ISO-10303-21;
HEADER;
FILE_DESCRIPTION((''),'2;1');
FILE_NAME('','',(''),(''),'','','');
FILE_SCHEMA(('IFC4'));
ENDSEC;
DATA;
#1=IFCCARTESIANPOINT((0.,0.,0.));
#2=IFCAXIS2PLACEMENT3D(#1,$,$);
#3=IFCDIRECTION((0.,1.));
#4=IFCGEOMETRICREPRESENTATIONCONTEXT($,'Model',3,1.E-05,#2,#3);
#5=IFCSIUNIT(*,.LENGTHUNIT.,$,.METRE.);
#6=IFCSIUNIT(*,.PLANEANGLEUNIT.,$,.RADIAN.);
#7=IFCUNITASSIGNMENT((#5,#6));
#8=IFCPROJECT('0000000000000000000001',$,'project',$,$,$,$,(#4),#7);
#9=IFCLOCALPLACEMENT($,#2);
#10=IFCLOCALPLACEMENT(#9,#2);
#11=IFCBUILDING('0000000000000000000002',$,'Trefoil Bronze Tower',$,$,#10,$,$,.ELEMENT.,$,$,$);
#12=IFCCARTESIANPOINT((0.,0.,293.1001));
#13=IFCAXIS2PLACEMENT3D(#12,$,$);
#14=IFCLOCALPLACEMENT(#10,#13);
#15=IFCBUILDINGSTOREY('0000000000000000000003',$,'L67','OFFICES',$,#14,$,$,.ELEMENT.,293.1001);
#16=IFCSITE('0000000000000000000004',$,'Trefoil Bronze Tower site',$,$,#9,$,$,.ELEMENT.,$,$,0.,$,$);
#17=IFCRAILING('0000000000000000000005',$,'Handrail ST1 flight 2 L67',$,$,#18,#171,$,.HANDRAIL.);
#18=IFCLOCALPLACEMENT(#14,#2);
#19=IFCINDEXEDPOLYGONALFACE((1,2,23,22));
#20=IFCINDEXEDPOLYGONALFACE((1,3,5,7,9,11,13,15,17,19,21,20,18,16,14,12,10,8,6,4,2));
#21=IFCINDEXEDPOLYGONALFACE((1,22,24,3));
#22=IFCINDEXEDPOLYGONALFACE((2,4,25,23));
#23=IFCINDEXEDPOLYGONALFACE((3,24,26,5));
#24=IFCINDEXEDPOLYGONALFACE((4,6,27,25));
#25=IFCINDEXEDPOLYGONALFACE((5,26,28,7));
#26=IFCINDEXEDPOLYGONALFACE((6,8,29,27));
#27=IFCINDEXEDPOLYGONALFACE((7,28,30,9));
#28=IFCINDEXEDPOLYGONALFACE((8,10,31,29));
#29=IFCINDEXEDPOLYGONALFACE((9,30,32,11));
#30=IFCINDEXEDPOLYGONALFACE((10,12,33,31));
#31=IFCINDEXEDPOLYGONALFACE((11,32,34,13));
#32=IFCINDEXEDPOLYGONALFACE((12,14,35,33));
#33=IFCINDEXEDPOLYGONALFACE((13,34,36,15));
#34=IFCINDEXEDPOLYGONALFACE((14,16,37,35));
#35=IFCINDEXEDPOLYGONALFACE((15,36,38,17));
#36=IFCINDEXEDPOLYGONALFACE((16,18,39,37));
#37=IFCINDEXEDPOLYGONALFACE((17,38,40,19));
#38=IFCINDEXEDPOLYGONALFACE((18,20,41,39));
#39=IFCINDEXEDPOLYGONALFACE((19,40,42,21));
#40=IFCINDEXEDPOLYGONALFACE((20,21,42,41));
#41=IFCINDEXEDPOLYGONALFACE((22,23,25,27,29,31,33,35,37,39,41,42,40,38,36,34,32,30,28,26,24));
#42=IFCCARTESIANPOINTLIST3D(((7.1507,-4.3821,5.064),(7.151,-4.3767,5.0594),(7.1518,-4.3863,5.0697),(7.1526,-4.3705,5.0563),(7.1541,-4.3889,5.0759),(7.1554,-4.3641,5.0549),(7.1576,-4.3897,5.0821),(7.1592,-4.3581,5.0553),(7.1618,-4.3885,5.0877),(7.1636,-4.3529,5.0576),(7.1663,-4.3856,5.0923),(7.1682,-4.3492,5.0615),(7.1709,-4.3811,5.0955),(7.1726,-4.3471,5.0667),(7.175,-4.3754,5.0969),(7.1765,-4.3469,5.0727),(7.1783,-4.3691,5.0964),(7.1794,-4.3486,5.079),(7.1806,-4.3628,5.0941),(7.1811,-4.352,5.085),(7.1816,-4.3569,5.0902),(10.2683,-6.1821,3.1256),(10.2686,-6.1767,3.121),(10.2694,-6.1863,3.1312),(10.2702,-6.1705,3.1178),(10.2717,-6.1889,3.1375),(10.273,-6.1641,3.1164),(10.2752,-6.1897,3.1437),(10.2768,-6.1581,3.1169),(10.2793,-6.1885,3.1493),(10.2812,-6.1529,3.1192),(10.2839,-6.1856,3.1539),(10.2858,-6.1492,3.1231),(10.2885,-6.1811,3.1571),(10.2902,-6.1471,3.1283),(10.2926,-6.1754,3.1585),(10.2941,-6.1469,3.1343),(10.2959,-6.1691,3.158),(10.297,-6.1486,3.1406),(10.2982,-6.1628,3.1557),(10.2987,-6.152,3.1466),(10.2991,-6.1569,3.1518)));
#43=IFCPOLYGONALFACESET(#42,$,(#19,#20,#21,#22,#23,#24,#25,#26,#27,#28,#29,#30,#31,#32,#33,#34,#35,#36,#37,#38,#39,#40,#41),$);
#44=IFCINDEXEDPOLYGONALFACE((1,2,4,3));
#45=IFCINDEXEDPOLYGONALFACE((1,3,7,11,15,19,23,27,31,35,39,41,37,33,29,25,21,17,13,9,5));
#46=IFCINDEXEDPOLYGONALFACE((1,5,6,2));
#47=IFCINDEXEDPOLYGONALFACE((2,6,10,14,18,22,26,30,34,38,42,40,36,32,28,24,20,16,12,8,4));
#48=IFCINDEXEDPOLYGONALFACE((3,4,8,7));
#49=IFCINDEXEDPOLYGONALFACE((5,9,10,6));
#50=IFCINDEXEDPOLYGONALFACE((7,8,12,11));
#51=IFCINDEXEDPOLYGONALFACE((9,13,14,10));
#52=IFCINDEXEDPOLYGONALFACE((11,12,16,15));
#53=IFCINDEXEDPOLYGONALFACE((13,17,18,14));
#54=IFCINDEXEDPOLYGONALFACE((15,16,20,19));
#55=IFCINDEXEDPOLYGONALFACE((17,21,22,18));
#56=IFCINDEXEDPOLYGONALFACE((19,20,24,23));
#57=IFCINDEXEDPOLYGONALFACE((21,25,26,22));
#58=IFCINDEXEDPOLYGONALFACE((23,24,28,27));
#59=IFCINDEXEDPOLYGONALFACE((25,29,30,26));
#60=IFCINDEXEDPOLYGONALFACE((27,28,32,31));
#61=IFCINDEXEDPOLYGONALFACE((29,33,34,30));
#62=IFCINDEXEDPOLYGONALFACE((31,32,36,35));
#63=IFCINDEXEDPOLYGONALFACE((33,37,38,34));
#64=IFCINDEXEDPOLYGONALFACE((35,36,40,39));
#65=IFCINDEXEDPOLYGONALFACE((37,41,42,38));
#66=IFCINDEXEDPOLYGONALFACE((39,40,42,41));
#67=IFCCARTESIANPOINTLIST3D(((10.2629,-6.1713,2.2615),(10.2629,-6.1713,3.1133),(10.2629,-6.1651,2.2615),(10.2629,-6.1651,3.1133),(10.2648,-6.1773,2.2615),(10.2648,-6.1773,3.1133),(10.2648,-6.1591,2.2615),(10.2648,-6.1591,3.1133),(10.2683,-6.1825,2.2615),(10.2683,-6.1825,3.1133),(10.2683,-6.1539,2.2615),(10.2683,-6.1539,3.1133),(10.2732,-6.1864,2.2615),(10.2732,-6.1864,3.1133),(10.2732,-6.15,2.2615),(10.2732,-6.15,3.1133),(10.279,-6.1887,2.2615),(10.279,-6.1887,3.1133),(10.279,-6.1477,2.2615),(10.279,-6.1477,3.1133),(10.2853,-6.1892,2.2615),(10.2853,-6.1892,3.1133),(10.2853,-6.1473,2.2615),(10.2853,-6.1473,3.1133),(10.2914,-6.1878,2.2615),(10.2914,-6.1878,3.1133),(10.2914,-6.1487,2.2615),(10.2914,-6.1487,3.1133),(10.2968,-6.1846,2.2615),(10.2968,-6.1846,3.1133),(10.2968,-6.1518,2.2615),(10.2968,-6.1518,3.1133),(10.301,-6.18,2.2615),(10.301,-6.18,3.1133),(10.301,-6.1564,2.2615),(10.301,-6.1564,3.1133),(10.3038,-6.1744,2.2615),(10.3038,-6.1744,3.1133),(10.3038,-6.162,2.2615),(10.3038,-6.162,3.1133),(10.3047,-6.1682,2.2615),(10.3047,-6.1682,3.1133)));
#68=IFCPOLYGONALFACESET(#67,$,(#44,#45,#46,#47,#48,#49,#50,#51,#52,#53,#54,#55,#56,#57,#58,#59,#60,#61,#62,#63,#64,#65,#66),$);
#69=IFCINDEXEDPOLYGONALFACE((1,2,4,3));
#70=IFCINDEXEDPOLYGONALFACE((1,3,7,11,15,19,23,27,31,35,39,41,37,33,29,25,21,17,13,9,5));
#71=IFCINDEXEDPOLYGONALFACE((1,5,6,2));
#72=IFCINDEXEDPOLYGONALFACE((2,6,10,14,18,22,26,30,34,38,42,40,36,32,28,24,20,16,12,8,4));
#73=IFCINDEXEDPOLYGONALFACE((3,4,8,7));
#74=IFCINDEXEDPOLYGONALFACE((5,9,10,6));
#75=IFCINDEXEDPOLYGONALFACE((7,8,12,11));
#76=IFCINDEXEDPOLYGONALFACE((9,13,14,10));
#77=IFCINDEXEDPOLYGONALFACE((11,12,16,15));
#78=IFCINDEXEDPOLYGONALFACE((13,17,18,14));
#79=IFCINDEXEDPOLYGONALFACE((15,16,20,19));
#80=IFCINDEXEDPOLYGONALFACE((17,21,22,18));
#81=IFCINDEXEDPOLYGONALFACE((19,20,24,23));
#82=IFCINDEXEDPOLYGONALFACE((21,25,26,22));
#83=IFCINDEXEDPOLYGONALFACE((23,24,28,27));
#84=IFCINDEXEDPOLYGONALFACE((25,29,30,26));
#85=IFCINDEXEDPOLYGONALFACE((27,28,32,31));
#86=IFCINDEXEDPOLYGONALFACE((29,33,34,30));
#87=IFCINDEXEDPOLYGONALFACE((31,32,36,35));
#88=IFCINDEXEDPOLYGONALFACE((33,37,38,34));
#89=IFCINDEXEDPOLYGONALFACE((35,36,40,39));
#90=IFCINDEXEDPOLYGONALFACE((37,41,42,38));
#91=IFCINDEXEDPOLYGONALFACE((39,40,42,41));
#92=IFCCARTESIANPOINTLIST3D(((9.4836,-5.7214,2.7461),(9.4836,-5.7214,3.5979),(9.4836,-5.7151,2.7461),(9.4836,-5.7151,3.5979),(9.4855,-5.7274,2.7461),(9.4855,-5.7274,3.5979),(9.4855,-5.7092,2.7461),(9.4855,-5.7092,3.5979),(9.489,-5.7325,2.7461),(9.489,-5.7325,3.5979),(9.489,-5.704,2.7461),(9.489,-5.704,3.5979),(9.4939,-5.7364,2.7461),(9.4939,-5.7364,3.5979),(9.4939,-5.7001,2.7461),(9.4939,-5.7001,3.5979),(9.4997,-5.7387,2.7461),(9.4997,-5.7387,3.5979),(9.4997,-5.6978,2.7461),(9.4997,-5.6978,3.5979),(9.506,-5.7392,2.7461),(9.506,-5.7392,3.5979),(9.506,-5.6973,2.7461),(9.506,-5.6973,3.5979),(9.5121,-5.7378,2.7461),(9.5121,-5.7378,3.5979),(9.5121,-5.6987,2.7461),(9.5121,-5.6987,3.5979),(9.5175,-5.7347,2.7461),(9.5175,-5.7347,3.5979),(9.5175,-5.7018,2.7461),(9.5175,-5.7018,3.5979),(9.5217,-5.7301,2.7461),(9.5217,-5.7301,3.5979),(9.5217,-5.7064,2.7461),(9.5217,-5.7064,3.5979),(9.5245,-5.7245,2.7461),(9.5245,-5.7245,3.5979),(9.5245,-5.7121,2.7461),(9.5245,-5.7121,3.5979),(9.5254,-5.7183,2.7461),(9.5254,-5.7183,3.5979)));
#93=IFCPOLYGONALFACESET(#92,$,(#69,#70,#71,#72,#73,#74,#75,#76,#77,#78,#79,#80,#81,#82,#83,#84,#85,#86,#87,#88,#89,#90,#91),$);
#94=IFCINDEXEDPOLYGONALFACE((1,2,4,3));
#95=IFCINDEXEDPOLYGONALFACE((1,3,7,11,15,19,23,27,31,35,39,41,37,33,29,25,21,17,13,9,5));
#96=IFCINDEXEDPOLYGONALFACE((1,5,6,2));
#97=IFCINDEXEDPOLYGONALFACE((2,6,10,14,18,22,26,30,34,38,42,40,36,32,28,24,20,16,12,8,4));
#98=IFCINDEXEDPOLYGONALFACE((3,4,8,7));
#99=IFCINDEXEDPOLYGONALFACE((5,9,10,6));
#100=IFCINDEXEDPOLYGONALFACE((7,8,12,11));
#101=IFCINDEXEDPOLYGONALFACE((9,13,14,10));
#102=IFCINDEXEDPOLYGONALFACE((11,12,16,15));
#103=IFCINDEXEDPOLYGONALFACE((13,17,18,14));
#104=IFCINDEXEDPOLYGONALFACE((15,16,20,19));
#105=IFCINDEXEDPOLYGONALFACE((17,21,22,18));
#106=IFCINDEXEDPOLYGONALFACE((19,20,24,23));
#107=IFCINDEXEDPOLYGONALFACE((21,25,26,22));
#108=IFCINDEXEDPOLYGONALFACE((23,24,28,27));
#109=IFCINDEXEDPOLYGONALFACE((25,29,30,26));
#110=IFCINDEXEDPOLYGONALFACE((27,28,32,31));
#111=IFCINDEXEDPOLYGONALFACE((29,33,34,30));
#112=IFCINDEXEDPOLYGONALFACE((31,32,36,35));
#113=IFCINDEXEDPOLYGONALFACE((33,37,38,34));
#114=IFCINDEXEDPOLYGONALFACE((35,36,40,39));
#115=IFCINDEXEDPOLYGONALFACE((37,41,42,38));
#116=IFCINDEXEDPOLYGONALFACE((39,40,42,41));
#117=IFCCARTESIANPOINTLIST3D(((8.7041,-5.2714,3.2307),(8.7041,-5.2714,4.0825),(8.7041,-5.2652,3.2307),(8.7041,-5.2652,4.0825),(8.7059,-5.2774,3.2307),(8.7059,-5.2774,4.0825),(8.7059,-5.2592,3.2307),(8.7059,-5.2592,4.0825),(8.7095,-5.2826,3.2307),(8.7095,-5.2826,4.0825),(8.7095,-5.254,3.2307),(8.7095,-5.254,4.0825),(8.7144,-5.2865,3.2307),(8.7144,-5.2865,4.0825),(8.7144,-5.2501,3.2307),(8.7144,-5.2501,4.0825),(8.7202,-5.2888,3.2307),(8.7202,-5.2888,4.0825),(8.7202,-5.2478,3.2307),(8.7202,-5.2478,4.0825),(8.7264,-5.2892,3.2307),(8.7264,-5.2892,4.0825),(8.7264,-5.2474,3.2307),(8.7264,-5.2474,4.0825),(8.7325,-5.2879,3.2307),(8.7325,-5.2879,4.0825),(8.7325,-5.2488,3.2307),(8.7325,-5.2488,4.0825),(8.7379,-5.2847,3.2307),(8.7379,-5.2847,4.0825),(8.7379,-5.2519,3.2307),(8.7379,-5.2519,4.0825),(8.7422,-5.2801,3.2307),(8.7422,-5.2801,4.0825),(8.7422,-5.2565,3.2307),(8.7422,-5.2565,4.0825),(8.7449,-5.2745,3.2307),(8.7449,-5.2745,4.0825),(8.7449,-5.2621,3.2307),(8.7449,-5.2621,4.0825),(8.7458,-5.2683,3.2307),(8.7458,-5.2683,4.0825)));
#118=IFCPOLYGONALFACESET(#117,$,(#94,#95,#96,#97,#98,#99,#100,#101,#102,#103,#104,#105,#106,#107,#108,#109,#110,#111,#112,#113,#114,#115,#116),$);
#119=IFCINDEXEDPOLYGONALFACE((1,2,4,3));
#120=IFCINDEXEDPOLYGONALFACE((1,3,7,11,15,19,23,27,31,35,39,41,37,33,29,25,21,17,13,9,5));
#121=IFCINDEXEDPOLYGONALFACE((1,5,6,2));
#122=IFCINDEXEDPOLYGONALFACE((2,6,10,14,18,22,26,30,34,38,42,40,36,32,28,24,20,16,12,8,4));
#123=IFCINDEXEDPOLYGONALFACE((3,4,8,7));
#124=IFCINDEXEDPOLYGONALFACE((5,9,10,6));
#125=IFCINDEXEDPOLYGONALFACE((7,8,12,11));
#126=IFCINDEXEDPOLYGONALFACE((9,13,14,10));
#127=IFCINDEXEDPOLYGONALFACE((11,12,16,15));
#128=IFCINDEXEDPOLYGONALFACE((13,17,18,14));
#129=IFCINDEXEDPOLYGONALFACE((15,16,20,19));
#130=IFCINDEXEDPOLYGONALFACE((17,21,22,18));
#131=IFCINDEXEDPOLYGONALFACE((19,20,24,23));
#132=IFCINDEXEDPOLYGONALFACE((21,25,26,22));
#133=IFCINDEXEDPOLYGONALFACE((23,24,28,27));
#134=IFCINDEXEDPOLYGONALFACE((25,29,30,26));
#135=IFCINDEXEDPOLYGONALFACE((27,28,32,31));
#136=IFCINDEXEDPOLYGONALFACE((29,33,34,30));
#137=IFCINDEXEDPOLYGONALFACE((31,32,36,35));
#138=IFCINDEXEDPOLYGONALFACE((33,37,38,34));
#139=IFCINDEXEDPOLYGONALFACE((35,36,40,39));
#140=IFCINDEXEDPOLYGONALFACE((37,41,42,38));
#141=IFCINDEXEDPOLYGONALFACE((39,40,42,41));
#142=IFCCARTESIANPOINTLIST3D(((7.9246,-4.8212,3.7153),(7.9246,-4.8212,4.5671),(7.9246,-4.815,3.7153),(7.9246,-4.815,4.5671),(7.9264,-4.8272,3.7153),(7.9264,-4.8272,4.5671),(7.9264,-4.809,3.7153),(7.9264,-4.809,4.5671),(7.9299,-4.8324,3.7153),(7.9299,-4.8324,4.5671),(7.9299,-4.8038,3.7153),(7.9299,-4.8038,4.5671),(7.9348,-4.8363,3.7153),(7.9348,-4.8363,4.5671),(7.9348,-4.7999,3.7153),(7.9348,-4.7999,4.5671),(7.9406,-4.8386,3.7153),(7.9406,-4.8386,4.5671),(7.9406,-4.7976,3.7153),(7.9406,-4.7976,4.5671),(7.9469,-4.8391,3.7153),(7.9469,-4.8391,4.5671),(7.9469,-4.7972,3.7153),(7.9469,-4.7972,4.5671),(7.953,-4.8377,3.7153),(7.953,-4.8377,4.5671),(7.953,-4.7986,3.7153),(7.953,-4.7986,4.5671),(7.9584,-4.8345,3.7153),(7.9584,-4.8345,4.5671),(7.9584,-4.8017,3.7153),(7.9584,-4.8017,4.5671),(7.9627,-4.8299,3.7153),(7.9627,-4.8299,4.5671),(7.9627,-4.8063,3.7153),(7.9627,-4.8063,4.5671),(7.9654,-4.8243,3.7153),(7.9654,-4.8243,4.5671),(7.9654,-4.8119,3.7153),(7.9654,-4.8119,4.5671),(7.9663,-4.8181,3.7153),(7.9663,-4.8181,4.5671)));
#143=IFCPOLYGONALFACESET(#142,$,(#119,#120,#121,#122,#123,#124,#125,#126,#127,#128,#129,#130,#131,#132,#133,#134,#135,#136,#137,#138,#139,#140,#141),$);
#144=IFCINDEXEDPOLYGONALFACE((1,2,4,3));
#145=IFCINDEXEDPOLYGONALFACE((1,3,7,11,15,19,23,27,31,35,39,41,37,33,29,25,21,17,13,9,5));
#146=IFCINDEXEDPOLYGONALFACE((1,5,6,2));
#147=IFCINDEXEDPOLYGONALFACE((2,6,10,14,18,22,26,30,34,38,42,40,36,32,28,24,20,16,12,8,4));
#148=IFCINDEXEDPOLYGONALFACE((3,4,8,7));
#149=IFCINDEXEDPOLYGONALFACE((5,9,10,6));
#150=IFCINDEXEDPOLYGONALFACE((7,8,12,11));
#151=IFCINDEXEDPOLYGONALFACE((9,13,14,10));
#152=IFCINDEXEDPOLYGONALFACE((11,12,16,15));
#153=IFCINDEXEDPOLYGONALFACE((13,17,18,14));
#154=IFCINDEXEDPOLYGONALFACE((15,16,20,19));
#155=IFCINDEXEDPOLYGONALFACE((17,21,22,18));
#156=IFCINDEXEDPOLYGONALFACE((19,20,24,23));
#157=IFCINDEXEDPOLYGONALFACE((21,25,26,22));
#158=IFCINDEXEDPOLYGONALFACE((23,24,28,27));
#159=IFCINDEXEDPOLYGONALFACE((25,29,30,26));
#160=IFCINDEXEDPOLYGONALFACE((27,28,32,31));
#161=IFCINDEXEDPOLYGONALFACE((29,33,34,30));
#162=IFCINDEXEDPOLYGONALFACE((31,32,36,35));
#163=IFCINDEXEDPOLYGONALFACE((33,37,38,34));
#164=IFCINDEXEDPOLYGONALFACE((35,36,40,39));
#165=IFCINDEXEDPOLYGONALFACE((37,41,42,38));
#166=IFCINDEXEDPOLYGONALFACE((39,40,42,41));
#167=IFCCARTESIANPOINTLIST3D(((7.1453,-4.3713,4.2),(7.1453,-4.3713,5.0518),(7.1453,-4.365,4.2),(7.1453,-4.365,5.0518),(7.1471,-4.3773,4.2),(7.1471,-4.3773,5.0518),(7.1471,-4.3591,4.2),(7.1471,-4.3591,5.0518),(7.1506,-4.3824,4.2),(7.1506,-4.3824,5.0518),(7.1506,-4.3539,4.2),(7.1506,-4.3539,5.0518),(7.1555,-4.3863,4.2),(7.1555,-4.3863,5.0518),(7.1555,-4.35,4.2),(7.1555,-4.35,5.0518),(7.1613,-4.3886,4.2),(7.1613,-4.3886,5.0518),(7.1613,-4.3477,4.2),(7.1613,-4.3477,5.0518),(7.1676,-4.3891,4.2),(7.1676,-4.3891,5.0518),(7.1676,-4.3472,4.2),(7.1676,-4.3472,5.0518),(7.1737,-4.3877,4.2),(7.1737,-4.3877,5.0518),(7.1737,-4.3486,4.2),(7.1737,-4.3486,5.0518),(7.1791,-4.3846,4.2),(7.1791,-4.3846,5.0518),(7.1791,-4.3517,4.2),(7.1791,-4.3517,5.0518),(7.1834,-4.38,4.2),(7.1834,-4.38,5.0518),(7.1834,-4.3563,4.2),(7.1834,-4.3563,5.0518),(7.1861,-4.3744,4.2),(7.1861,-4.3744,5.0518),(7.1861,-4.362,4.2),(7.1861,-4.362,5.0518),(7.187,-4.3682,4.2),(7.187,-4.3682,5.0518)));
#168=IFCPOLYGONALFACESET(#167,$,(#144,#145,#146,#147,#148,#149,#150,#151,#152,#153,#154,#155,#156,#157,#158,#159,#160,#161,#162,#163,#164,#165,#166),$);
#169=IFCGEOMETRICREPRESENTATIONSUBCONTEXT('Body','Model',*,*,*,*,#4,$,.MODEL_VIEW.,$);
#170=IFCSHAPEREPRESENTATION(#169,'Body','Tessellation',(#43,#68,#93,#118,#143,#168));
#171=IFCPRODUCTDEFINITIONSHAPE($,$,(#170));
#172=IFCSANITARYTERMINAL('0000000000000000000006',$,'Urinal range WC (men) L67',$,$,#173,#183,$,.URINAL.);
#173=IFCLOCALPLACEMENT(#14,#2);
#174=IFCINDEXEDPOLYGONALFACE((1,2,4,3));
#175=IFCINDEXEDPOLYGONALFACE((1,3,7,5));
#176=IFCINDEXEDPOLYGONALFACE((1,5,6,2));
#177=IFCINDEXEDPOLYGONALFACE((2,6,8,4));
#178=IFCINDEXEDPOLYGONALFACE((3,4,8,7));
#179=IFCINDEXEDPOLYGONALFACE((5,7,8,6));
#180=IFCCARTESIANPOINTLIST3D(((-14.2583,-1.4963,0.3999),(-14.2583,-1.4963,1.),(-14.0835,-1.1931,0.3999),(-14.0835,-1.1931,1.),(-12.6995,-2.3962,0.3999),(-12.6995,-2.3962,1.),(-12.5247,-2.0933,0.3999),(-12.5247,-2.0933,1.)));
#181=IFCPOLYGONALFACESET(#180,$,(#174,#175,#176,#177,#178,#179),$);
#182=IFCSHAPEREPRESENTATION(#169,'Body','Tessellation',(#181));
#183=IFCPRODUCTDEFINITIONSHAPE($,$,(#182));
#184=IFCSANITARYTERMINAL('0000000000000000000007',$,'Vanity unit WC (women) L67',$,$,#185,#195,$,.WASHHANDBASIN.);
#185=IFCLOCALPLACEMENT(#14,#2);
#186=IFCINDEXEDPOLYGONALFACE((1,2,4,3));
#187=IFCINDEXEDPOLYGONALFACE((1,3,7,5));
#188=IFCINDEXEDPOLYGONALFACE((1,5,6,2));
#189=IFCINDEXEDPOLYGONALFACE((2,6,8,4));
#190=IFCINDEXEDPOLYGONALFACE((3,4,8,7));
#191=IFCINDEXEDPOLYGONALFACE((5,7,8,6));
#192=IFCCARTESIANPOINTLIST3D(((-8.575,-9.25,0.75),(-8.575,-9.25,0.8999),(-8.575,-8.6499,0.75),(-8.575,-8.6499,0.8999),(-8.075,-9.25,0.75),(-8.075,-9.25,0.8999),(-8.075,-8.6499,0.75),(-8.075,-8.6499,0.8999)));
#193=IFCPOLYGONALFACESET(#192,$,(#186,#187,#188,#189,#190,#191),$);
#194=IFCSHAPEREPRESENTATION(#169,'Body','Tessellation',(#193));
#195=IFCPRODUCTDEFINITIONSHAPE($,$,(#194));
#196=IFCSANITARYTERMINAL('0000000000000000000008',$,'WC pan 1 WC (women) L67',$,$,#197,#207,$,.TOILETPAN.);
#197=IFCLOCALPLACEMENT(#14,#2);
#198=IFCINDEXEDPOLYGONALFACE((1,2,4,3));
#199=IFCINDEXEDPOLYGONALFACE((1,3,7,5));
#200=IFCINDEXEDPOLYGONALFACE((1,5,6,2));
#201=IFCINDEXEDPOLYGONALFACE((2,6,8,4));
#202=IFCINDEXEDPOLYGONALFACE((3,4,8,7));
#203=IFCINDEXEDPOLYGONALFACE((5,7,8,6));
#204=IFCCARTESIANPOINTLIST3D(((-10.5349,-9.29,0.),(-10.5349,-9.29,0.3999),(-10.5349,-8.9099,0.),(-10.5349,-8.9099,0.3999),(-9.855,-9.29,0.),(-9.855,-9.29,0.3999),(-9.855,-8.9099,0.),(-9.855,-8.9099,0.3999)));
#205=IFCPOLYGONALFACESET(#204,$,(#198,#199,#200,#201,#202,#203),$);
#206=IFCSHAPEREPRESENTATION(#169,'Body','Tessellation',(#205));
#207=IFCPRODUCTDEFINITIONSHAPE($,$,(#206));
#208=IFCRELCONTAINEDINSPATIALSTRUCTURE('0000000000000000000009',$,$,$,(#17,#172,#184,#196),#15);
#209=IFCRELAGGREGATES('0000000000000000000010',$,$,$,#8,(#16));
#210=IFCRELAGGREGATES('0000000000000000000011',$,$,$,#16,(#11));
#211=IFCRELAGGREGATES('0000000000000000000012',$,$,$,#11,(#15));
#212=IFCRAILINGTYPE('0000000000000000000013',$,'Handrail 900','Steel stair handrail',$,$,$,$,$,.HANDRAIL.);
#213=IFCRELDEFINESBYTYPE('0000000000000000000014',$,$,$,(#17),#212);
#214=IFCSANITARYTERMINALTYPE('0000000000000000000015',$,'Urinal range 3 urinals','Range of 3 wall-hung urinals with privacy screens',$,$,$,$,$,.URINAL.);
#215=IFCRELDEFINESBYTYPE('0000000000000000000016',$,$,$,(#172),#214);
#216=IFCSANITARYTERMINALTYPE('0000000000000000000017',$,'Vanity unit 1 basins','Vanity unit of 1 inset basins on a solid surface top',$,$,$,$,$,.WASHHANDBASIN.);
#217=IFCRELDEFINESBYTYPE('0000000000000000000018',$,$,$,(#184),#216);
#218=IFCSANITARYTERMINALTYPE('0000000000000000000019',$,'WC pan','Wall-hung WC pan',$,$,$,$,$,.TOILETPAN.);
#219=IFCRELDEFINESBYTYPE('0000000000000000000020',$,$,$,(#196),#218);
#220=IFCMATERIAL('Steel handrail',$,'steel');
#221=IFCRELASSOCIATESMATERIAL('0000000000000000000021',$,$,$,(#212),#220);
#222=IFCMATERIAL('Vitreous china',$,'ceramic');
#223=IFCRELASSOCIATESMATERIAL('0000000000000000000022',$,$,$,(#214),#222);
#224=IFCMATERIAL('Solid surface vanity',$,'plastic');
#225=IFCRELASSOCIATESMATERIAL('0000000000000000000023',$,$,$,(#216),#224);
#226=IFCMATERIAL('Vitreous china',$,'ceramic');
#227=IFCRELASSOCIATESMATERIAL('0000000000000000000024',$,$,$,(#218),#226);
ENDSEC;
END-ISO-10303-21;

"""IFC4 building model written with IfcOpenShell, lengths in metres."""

from ifc_helpers import new_model, si_unit, direction, frame, origin, origin_2d, place, context, subcontext, project, spatial, polyline, circle, outline, extrude, material, type_object, element, save


model = new_model("IFC4")

# Units and contexts
model_context = context("Model", 3, precision=1e-05, world=origin(), true_north=direction((0.0, 1.0)))
body_context = subcontext(model_context, "Body", "Model", "MODEL_VIEW")
ifc_project = project(units=[si_unit("LENGTHUNIT", "METRE"), si_unit("PLANEANGLEUNIT", "RADIAN")], contexts=[model_context])

# Site, building, storey
site_placement = place(None, origin())
site = spatial("IfcSite", under=ifc_project, at=site_placement, Name="Trefoil Bronze Tower site", CompositionType="ELEMENT", RefElevation=0.0)
building_placement = place(site_placement, origin())
building = spatial("IfcBuilding", under=site, at=building_placement, Name="Trefoil Bronze Tower", CompositionType="ELEMENT")
storey_placement = place(building_placement, frame((0.0, 0.0, 293.1001)))
storey = spatial("IfcBuildingStorey", under=building, at=storey_placement, Name="L67", Description="OFFICES", CompositionType="ELEMENT", Elevation=293.1001)

# Railing
ifc_material_1 = material(Name="Steel handrail", Category="steel")
railing_type = type_object("IfcRailingType", Name="Handrail 900", Description="Steel stair handrail", PredefinedType="HANDRAIL", material=ifc_material_1)
railing_1_placement = place(storey_placement, frame((10.2837, -6.1682, 2.2615)))
element("IfcRailing", 1, at=railing_1_placement, inside=storey, type_object=railing_type, Name="Handrail ST1 flight 2 L67", PredefinedType="HANDRAIL", context=body_context, shape_type="SweptSolid", body=[
    extrude(circle(Radius=0.0239, at=origin_2d()), frame((0.0, 0.0, 0.876), z_axis=(-0.762503, 0.440246, 0.474102), x_axis=(-0.500012, -0.866018, 0.0)), (0.0, 0.0, 1.0), 4.0886),
    extrude(circle(Radius=0.021, at=origin_2d()), origin(), (0.0, 0.0, 1.0), 0.8518),
    extrude(circle(Radius=0.021, at=origin_2d()), frame((-0.7793, 0.45, 0.4846)), (0.0, 0.0, 1.0), 0.8518),
    extrude(circle(Radius=0.021, at=origin_2d()), frame((-1.5588, 0.8999, 0.9692)), (0.0, 0.0, 1.0), 0.8518),
    extrude(circle(Radius=0.021, at=origin_2d()), frame((-2.3384, 1.3501, 1.4539)), (0.0, 0.0, 1.0), 0.8518),
    extrude(circle(Radius=0.021, at=origin_2d()), frame((-3.1177, 1.8, 1.9385)), (0.0, 0.0, 1.0), 0.8518),
])

# Sanitary terminals
ifc_material_2 = material(Name="Vitreous china", Category="ceramic")
sanitary_terminal_type_1 = type_object("IfcSanitaryTerminalType", Name="Urinal range 3 urinals", Description="Range of 3 wall-hung urinals with privacy screens", PredefinedType="URINAL", material=ifc_material_2)
sanitary_terminal_1_placement = place(storey_placement, frame((0.0, 0.0, 0.3999)))
element("IfcSanitaryTerminal", 2, at=sanitary_terminal_1_placement, inside=storey, type_object=sanitary_terminal_type_1, Name="Urinal range WC (men) L67", PredefinedType="URINAL", context=body_context, shape_type="SweptSolid", body=[
    extrude(outline(polyline([(-12.5247, -2.0933), (-12.6995, -2.3962), (-14.2583, -1.4963), (-14.0835, -1.1931), (-12.5247, -2.0933)])), origin(), (0.0, 0.0, 1.0), 0.6001),
])
ifc_material_3 = material(Name="Solid surface vanity", Category="plastic")
sanitary_terminal_type_2 = type_object("IfcSanitaryTerminalType", Name="Vanity unit 1 basins", Description="Vanity unit of 1 inset basins on a solid surface top", PredefinedType="WASHHANDBASIN", material=ifc_material_3)
sanitary_terminal_2_placement = place(storey_placement, frame((0.0, 0.0, 0.75)))
element("IfcSanitaryTerminal", 3, at=sanitary_terminal_2_placement, inside=storey, type_object=sanitary_terminal_type_2, Name="Vanity unit WC (women) L67", PredefinedType="WASHHANDBASIN", context=body_context, shape_type="SweptSolid", body=[
    extrude(outline(polyline([(-8.075, -8.6499), (-8.575, -8.6499), (-8.575, -9.25), (-8.075, -9.25), (-8.075, -8.6499)])), origin(), (0.0, 0.0, 1.0), 0.1499),
])
ifc_material_4 = material(Name="Vitreous china", Category="ceramic")
sanitary_terminal_type_3 = type_object("IfcSanitaryTerminalType", Name="WC pan", Description="Wall-hung WC pan", PredefinedType="TOILETPAN", material=ifc_material_4)
sanitary_terminal_3_placement = place(storey_placement, origin())
element("IfcSanitaryTerminal", 4, at=sanitary_terminal_3_placement, inside=storey, type_object=sanitary_terminal_type_3, Name="WC pan 1 WC (women) L67", PredefinedType="TOILETPAN", context=body_context, shape_type="SweptSolid", body=[
    extrude(outline(polyline([(-9.855, -8.9099), (-10.5349, -8.9099), (-10.5349, -9.29), (-9.855, -9.29), (-9.855, -8.9099)])), origin(), (0.0, 0.0, 1.0), 0.3999),
])

save(model, "model.ifc")
